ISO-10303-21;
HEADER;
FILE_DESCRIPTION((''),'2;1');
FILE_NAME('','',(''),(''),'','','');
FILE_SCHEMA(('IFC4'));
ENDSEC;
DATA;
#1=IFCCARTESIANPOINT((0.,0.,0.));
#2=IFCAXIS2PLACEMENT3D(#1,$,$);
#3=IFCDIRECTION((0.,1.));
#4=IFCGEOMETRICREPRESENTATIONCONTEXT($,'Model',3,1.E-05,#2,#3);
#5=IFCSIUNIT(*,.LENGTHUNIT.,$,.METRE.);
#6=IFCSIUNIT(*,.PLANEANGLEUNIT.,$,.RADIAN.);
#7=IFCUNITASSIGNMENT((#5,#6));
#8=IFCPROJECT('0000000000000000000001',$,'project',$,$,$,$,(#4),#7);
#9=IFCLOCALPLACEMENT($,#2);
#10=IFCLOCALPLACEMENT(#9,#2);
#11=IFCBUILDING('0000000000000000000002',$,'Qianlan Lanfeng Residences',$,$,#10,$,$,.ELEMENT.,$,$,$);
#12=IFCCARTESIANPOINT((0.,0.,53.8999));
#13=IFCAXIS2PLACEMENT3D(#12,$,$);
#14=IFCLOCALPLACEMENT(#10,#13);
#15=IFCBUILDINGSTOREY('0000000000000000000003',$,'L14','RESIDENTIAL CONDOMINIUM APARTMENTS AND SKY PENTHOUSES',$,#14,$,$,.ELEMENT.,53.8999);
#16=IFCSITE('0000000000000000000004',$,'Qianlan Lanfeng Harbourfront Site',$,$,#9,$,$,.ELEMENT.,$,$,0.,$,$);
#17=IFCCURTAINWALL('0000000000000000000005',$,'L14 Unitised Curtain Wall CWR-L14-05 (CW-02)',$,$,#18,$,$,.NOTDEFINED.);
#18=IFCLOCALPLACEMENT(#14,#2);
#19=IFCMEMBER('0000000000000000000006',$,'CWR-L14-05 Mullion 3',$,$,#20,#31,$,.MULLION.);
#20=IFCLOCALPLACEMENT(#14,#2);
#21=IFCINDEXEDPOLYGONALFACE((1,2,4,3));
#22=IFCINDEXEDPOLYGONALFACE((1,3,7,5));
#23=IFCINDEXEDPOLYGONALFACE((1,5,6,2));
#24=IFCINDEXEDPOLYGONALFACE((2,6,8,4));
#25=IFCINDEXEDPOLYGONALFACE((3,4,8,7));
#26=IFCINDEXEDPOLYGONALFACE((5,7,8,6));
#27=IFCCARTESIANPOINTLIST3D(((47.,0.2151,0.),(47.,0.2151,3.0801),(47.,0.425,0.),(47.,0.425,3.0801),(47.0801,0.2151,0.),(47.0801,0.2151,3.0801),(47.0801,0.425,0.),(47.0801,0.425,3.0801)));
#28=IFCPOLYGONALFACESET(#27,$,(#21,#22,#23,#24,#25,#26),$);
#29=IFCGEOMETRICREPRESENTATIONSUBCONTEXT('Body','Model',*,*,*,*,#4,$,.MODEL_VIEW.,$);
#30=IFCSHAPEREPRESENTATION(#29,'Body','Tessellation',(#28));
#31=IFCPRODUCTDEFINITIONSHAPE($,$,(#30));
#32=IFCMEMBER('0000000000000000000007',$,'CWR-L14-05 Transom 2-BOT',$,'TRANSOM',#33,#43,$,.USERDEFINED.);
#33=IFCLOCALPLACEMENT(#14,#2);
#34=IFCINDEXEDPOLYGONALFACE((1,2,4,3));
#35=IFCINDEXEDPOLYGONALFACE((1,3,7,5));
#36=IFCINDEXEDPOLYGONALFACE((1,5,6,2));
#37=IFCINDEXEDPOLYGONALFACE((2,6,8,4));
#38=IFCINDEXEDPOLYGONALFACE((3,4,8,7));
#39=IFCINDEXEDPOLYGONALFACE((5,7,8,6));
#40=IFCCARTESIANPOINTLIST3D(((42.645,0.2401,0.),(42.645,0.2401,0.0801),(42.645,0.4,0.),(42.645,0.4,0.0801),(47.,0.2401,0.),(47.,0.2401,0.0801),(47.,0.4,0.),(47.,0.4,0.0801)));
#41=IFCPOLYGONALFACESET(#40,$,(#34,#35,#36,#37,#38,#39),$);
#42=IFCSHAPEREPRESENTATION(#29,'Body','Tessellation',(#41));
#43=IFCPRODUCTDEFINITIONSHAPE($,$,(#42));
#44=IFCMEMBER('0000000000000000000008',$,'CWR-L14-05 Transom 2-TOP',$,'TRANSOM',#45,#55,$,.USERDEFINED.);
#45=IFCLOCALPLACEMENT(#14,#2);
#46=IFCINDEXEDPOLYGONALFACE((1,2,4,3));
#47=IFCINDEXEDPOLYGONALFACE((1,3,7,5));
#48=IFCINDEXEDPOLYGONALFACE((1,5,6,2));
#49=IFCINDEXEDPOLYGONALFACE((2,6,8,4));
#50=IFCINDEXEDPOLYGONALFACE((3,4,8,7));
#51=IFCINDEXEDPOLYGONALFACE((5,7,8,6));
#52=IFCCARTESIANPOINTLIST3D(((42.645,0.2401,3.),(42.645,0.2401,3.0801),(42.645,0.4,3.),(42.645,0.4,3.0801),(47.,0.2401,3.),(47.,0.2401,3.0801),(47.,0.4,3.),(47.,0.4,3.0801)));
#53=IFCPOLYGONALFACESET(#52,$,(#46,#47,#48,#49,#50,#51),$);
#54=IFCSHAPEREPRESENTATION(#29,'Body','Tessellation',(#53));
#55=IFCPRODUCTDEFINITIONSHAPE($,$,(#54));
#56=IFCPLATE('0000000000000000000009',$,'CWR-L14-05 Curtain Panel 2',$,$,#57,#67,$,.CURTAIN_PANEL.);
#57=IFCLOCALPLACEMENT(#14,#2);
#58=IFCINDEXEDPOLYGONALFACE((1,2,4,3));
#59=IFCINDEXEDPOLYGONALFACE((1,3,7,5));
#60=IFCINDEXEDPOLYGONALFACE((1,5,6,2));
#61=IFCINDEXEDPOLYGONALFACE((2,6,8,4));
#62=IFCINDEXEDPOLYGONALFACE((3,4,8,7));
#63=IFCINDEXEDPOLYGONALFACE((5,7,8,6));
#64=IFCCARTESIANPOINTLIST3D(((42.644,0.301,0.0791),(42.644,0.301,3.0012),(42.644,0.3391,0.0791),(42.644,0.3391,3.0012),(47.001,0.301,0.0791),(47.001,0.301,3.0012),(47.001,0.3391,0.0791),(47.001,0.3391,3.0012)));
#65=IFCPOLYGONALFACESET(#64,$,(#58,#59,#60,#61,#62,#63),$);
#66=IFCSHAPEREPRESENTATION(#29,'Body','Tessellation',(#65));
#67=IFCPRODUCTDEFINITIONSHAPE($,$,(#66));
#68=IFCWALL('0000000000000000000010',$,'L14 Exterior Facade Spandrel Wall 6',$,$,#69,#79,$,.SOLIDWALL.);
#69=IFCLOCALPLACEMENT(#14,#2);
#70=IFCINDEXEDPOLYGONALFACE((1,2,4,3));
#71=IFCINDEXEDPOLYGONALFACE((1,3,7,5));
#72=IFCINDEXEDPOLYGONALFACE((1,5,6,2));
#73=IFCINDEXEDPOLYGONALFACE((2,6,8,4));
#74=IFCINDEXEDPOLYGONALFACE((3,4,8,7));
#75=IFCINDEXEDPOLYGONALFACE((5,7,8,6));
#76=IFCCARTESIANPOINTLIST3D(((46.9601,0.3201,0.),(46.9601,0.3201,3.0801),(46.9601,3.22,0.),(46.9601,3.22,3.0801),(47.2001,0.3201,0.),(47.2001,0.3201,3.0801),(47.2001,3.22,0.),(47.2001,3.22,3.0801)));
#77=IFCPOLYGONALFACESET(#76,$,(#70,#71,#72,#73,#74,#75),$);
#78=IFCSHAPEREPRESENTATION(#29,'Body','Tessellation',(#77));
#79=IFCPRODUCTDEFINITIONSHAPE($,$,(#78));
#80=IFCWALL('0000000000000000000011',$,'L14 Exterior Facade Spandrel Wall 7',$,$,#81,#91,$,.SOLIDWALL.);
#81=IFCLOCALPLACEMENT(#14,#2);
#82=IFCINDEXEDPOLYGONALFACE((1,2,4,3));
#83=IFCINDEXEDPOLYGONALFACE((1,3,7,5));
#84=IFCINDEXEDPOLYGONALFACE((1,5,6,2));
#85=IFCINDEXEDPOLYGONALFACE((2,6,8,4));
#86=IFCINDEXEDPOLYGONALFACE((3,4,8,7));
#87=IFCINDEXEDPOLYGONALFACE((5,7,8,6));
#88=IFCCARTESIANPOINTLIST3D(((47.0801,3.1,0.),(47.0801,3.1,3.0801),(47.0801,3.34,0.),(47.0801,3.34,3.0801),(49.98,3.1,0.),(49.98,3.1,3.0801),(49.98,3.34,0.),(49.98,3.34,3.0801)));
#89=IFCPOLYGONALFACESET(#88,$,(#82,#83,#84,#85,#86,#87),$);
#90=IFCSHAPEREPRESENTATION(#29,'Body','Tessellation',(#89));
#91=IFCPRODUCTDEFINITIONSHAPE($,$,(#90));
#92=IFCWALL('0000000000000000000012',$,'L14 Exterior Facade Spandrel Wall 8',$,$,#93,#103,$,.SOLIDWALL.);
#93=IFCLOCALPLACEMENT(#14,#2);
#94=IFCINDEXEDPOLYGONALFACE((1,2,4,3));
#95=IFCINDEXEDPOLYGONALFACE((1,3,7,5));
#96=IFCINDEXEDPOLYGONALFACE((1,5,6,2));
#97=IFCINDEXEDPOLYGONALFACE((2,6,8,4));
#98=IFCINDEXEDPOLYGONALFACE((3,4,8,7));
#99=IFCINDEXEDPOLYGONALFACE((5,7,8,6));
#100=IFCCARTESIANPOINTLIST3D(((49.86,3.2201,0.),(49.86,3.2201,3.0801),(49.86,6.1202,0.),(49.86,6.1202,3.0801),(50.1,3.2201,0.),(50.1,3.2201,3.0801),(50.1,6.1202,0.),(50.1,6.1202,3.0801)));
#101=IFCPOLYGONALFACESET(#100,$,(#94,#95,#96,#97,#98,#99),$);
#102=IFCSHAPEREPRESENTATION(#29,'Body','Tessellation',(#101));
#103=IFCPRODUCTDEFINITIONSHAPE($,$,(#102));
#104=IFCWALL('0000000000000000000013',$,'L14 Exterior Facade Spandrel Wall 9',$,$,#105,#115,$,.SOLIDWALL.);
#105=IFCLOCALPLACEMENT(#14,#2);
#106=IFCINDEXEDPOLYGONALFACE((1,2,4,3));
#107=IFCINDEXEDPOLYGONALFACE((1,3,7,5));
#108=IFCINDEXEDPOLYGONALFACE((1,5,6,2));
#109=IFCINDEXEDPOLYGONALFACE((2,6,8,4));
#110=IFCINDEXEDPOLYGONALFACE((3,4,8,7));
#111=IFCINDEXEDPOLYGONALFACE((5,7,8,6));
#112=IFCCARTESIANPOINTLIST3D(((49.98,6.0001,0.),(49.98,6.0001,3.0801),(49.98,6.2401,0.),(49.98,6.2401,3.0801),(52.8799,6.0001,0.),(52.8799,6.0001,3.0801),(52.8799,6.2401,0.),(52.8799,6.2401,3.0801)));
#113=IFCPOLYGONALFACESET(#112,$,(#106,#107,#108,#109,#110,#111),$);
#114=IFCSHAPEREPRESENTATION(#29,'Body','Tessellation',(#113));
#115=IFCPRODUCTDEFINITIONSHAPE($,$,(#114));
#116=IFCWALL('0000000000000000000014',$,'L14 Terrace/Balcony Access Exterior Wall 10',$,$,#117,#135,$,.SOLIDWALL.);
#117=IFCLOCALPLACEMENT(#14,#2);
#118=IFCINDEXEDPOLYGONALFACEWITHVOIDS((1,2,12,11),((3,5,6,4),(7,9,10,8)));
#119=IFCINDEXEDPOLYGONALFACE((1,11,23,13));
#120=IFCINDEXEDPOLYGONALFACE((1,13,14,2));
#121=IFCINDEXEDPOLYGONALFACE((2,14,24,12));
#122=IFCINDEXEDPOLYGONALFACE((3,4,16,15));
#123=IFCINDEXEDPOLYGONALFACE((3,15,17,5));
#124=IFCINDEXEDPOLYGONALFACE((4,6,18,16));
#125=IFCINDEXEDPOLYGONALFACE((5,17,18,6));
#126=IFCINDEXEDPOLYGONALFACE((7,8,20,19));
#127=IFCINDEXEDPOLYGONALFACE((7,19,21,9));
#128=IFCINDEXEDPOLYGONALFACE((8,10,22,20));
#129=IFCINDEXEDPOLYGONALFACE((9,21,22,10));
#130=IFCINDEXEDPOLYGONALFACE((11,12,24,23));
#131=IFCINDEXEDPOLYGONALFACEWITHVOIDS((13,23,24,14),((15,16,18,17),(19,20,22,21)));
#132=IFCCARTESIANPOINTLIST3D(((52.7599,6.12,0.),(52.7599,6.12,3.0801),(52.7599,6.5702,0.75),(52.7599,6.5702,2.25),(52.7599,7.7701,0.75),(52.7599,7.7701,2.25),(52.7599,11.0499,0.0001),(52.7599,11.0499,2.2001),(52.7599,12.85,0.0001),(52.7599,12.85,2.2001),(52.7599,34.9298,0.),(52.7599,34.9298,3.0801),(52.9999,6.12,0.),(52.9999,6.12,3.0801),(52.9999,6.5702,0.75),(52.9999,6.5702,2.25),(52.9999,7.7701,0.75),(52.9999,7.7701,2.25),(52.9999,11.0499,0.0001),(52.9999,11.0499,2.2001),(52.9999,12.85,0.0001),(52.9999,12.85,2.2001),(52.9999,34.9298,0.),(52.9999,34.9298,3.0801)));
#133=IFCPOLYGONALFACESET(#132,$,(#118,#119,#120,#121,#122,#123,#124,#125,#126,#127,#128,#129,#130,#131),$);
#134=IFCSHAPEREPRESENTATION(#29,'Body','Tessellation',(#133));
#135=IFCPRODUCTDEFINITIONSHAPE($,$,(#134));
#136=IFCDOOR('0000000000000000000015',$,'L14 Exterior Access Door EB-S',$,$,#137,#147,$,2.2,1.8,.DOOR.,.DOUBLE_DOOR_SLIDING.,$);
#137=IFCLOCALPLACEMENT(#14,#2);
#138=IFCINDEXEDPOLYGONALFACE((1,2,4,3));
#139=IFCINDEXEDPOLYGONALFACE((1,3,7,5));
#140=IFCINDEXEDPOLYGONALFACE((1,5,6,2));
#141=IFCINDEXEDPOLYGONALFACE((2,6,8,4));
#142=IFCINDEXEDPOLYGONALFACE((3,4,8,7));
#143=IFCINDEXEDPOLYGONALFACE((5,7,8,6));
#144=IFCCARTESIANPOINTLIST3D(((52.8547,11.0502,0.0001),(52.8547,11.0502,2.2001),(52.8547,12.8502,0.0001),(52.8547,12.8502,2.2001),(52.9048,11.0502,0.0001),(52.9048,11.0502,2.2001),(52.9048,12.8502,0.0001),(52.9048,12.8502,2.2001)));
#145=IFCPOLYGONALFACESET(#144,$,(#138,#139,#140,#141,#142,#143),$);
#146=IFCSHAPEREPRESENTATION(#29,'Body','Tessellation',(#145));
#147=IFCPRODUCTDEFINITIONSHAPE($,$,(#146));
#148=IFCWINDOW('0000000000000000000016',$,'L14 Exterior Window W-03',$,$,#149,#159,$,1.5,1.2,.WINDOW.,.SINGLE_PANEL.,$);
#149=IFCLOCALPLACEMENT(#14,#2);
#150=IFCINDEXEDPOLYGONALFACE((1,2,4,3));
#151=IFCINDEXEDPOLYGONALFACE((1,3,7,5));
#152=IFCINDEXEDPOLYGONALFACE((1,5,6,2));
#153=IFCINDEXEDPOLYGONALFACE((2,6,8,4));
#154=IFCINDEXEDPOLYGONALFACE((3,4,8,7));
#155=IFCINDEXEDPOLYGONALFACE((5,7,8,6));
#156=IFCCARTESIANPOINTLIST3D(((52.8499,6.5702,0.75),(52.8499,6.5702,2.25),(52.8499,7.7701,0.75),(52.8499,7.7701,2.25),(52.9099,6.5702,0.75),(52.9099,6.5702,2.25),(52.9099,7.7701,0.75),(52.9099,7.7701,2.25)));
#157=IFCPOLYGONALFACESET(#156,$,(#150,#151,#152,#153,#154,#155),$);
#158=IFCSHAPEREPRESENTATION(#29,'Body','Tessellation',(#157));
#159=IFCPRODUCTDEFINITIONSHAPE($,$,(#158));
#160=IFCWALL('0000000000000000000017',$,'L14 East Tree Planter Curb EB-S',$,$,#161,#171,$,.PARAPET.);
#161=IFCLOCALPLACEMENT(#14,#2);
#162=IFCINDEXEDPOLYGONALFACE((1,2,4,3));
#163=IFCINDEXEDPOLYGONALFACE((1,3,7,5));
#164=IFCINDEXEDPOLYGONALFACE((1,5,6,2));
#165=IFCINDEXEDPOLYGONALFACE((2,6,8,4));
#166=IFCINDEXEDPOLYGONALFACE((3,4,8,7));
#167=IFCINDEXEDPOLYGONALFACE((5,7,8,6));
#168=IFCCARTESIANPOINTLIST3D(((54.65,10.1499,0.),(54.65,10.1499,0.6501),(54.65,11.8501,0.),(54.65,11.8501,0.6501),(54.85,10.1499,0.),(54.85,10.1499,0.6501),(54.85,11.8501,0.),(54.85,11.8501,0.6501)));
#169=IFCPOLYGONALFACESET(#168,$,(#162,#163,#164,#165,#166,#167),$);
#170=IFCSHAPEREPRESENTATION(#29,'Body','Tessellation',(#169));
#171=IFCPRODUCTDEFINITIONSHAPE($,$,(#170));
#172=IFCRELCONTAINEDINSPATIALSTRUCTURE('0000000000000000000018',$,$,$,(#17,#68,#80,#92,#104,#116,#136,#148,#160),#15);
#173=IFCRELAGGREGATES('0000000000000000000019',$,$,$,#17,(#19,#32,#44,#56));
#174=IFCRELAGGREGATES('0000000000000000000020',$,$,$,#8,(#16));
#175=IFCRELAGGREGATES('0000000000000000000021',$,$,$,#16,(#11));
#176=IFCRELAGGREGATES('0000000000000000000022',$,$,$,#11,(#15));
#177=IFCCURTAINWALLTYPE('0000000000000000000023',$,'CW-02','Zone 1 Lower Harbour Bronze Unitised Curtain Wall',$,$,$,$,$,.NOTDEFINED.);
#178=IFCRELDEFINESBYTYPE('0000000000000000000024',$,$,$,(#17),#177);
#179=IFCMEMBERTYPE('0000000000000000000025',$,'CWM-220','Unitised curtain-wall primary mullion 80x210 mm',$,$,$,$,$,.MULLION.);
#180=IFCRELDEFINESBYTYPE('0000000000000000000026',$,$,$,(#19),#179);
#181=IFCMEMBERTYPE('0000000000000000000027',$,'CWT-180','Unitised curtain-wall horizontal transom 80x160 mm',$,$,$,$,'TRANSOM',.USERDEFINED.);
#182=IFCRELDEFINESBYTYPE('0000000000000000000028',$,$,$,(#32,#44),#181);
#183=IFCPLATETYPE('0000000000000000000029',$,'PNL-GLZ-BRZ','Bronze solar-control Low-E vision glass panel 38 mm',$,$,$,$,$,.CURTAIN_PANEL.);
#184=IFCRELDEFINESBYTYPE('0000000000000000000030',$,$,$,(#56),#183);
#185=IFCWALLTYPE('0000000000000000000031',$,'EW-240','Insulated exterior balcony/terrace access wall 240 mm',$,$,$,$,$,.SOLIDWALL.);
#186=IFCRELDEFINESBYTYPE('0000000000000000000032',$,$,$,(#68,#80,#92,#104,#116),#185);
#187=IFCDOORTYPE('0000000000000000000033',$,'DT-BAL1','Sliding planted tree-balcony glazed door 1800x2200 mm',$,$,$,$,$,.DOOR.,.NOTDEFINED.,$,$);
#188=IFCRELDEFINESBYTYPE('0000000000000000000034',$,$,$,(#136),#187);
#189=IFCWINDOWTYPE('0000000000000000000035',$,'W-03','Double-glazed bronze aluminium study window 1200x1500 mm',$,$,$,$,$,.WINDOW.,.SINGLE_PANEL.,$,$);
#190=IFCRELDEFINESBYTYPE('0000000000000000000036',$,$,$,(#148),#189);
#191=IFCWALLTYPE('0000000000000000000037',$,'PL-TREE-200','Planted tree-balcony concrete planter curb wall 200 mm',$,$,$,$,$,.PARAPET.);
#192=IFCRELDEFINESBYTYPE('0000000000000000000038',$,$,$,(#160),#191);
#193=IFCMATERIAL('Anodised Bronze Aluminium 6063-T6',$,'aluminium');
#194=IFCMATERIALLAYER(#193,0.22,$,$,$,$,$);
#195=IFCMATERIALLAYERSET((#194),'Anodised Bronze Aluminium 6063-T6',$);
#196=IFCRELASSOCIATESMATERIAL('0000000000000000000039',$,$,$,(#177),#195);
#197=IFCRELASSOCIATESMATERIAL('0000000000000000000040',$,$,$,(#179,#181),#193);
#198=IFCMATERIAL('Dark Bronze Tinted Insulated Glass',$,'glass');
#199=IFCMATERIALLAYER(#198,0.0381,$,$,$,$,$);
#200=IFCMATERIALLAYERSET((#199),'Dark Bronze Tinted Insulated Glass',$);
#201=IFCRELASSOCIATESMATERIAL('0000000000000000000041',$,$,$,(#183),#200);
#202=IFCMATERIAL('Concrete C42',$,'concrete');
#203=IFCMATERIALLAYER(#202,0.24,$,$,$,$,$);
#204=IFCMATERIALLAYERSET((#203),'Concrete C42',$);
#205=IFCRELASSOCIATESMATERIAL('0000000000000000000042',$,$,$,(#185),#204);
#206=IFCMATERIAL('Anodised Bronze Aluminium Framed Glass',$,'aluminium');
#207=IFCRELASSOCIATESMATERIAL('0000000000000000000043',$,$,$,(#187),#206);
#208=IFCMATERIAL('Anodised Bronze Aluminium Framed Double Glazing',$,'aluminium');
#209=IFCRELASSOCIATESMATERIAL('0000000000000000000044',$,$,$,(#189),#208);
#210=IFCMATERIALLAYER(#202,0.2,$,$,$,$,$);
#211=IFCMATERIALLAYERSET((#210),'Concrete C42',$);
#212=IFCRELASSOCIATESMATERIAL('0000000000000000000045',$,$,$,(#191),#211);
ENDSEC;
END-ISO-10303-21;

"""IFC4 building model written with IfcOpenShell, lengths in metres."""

from ifc_helpers import new_model, si_unit, direction, frame, frame_2d, origin, origin_2d, place, context, subcontext, project, spatial, rectangle, extrude, source, transform, mapped, material, layer, layer_set, material_profile, profile_set, type_object, element, fill, aggregate, save


model = new_model("IFC4")

# Units and contexts
model_context = context("Model", 3, precision=1e-05, world=origin(), true_north=direction((0.0, 1.0)))
body_context = subcontext(model_context, "Body", "Model", "MODEL_VIEW")
ifc_project = project(units=[si_unit("LENGTHUNIT", "METRE"), si_unit("PLANEANGLEUNIT", "RADIAN")], contexts=[model_context])

# Site, building, storey
site_placement = place(None, origin())
site = spatial("IfcSite", under=ifc_project, at=site_placement, Name="Qianlan Lanfeng Harbourfront Site", CompositionType="ELEMENT", RefElevation=0.0)
building_placement = place(site_placement, origin())
building = spatial("IfcBuilding", under=site, at=building_placement, Name="Qianlan Lanfeng Residences", CompositionType="ELEMENT")
storey_placement = place(building_placement, frame((0.0, 0.0, 53.8999)))
storey = spatial("IfcBuildingStorey", under=building, at=storey_placement, Name="L14", Description="RESIDENTIAL CONDOMINIUM APARTMENTS AND SKY PENTHOUSES", CompositionType="ELEMENT", Elevation=53.8999)

# Curtain wall, members, plate
ifc_material_1 = material(Name="Anodised Bronze Aluminium 6063-T6", Category="aluminium")
ifc_layer_1 = layer(ifc_material_1, 0.22)
ifc_layer_set_1 = layer_set([ifc_layer_1], Name="Anodised Bronze Aluminium 6063-T6")
curtain_wall_type = type_object("IfcCurtainWallType", Name="CW-02", Description="Zone 1 Lower Harbour Bronze Unitised Curtain Wall", PredefinedType="NOTDEFINED", material=ifc_layer_set_1)
curtain_wall_placement = place(storey_placement, origin())
curtain_wall = element("IfcCurtainWall", 1, at=curtain_wall_placement, inside=storey, type_object=curtain_wall_type, Name="L14 Unitised Curtain Wall CWR-L14-05 (CW-02)", PredefinedType="NOTDEFINED")
ifc_material_profile_1 = material_profile(ifc_material_1, rectangle(XDim=0.0801, YDim=0.21, at=origin_2d()), Name="ALU MULLION 80x210")
ifc_profile_set_1 = profile_set([ifc_material_profile_1], Name="Anodised Bronze Aluminium 6063-T6")
member_type_1 = type_object("IfcMemberType", Name="CWM-220", Description="Unitised curtain-wall primary mullion 80x210 mm", PredefinedType="MULLION", material=ifc_profile_set_1)
shared_shape_1 = source(origin(), body_context, "Body", "SweptSolid", [
    extrude(rectangle(XDim=0.0801, YDim=0.21, at=origin_2d()), origin(), (0.0, 0.0, 1.0), 3.0801),
])
member_1_placement = place(storey_placement, frame((47.04, 0.3201, 0.0), z_axis=(0.0, 0.0, 1.0), x_axis=(1.0, 0.0, 0.0)))
member_1 = element("IfcMember", 2, at=member_1_placement, type_object=member_type_1, Name="CWR-L14-05 Mullion 3", PredefinedType="MULLION", context=body_context, shape_type="MappedRepresentation", body=[
    mapped(shared_shape_1, transform((0.0, 0.0, 0.0), scale=1.0)),
])
ifc_material_profile_2 = material_profile(ifc_material_1, rectangle(XDim=0.0801, YDim=0.1599, at=origin_2d()), Name="ALU TRANSOM 80x160")
ifc_profile_set_2 = profile_set([ifc_material_profile_2], Name="Anodised Bronze Aluminium 6063-T6")
member_type_2 = type_object("IfcMemberType", Name="CWT-180", Description="Unitised curtain-wall horizontal transom 80x160 mm", ElementType="TRANSOM", PredefinedType="USERDEFINED", material=ifc_profile_set_2)
shared_shape_2 = source(origin(), body_context, "Body", "SweptSolid", [
    extrude(rectangle(XDim=0.0801, YDim=0.1599, at=origin_2d()), origin(), (0.0, 0.0, 1.0), 4.355),
])
member_2_placement = place(storey_placement, frame((42.645, 0.3201, 0.04), z_axis=(1.0, 0.0, 0.0), x_axis=(0.0, 0.0, 1.0)))
member_2 = element("IfcMember", 3, at=member_2_placement, type_object=member_type_2, Name="CWR-L14-05 Transom 2-BOT", ObjectType="TRANSOM", PredefinedType="USERDEFINED", context=body_context, shape_type="MappedRepresentation", body=[
    mapped(shared_shape_2, transform((0.0, 0.0, 0.0), scale=1.0)),
])
member_3_placement = place(storey_placement, frame((42.645, 0.3201, 3.04), z_axis=(1.0, 0.0, 0.0), x_axis=(0.0, 0.0, 1.0)))
member_3 = element("IfcMember", 4, at=member_3_placement, type_object=member_type_2, Name="CWR-L14-05 Transom 2-TOP", ObjectType="TRANSOM", PredefinedType="USERDEFINED", context=body_context, shape_type="MappedRepresentation", body=[
    mapped(shared_shape_2, transform((0.0, 0.0, 0.0), scale=1.0)),
])
ifc_material_2 = material(Name="Dark Bronze Tinted Insulated Glass", Category="glass")
ifc_layer_2 = layer(ifc_material_2, 0.0381)
ifc_layer_set_2 = layer_set([ifc_layer_2], Name="Dark Bronze Tinted Insulated Glass")
plate_type = type_object("IfcPlateType", Name="PNL-GLZ-BRZ", Description="Bronze solar-control Low-E vision glass panel 38 mm", PredefinedType="CURTAIN_PANEL", material=ifc_layer_set_2)
shared_shape_3 = source(origin(), body_context, "Body", "SweptSolid", [
    extrude(rectangle(XDim=4.3569, YDim=0.0381, at=origin_2d()), origin(), (0.0, 0.0, 1.0), 2.9221),
])
plate_placement = place(storey_placement, frame((44.8225, 0.3201, 0.0791), z_axis=(0.0, 0.0, 1.0), x_axis=(1.0, 0.0, 0.0)))
plate = element("IfcPlate", 5, at=plate_placement, type_object=plate_type, Name="CWR-L14-05 Curtain Panel 2", PredefinedType="CURTAIN_PANEL", context=body_context, shape_type="MappedRepresentation", body=[
    mapped(shared_shape_3, transform((0.0, 0.0, 0.0), scale=1.0)),
])
aggregate(curtain_wall, [member_1, member_2, member_3, plate])

# Walls
ifc_material_3 = material(Name="Concrete C42", Category="concrete")
ifc_layer_3 = layer(ifc_material_3, 0.24)
ifc_layer_set_3 = layer_set([ifc_layer_3], Name="Concrete C42")
wall_type_1 = type_object("IfcWallType", Name="EW-240", Description="Insulated exterior balcony/terrace access wall 240 mm", PredefinedType="SOLIDWALL", material=ifc_layer_set_3)
for number, where, z_axis, x_axis, name in (
    (6, (47.0801, 0.3201, 0.0), (0.0, 0.0, 1.0), (0.0, 1.0, 0.0), "L14 Exterior Facade Spandrel Wall 6"),
    (7, (47.0801, 3.22, 0.0), (0.0, 0.0, 1.0), (1.0, 0.0, 0.0), "L14 Exterior Facade Spandrel Wall 7"),
):
    element("IfcWall", number, at=place(storey_placement, frame(where, z_axis=z_axis, x_axis=x_axis)), inside=storey, type_object=wall_type_1, Name=name, PredefinedType="SOLIDWALL", context=body_context, shape_type="SweptSolid", body=[
        extrude(rectangle(XDim=2.8999, YDim=0.24, at=frame_2d((1.45, 0.0))), origin(), (0.0, 0.0, 1.0), 3.0801),
    ])
wall_1_placement = place(storey_placement, frame((49.98, 3.22, 0.0), z_axis=(0.0, 0.0, 1.0), x_axis=(0.0, 1.0, 0.0)))
element("IfcWall", 8, at=wall_1_placement, inside=storey, type_object=wall_type_1, Name="L14 Exterior Facade Spandrel Wall 8", PredefinedType="SOLIDWALL", context=body_context, shape_type="SweptSolid", body=[
    extrude(rectangle(XDim=2.9001, YDim=0.24, at=frame_2d((1.4502, 0.0))), origin(), (0.0, 0.0, 1.0), 3.0801),
])
wall_2_placement = place(storey_placement, frame((49.98, 6.1201, 0.0), z_axis=(0.0, 0.0, 1.0), x_axis=(1.0, 0.0, 0.0)))
element("IfcWall", 9, at=wall_2_placement, inside=storey, type_object=wall_type_1, Name="L14 Exterior Facade Spandrel Wall 9", PredefinedType="SOLIDWALL", context=body_context, shape_type="SweptSolid", body=[
    extrude(rectangle(XDim=2.8999, YDim=0.24, at=frame_2d((1.45, 0.0))), origin(), (0.0, 0.0, 1.0), 3.0801),
])

# Wall, openings, door, window
wall_3_placement = place(storey_placement, frame((52.8799, 6.1201, 0.0), z_axis=(0.0, 0.0, 1.0), x_axis=(0.0, 1.0, 0.0)))
wall_3 = element("IfcWall", 10, at=wall_3_placement, inside=storey, type_object=wall_type_1, Name="L14 Terrace/Balcony Access Exterior Wall 10", PredefinedType="SOLIDWALL", context=body_context, shape_type="SweptSolid", body=[
    extrude(rectangle(XDim=28.8098, YDim=0.24, at=frame_2d((14.4048, 0.0))), origin(), (0.0, 0.0, 1.0), 3.0801),
])
opening_1_placement = place(wall_3_placement, frame((4.9299, 0.0, 0.0)))
opening_1 = element("IfcOpeningElement", 11, at=opening_1_placement, cuts=wall_3, PredefinedType="OPENING", context=body_context, shape_type="SweptSolid", body=[
    extrude(rectangle(XDim=1.8, YDim=2.2, at=frame_2d((0.8999, 1.1001))), frame((0.0, 0.1299, 0.0), z_axis=(0.0, -1.0, 0.0), x_axis=(1.0, 0.0, 0.0)), (0.0, 0.0, 1.0), 0.26),
])
opening_2_placement = place(wall_3_placement, frame((0.45, 0.0, 0.75)))
opening_2 = element("IfcOpeningElement", 12, at=opening_2_placement, cuts=wall_3, PredefinedType="OPENING", context=body_context, shape_type="SweptSolid", body=[
    extrude(rectangle(XDim=1.2, YDim=1.5, at=frame_2d((0.6001, 0.75))), frame((0.0, 0.1299, 0.0), z_axis=(0.0, -1.0, 0.0), x_axis=(1.0, 0.0, 0.0)), (0.0, 0.0, 1.0), 0.26),
])
ifc_material_4 = material(Name="Anodised Bronze Aluminium Framed Glass", Category="aluminium")
door_type = type_object("IfcDoorType", Name="DT-BAL1", Description="Sliding planted tree-balcony glazed door 1800x2200 mm", OperationType="NOTDEFINED", PredefinedType="DOOR", material=ifc_material_4)
door_placement = place(opening_1_placement, frame((1.8, 0.0, 0.0), z_axis=(0.0, 0.0, 1.0), x_axis=(-1.0, 0.0, 0.0)))
door = element("IfcDoor", 13, at=door_placement, inside=storey, type_object=door_type, Name="L14 Exterior Access Door EB-S", OperationType="DOUBLE_DOOR_SLIDING", OverallHeight=2.2, OverallWidth=1.8, PredefinedType="DOOR", context=body_context, shape_type="SweptSolid", body=[
    extrude(rectangle(XDim=1.8, YDim=2.2, at=frame_2d((0.8999, 1.1001))), frame((0.0, 0.0249, 0.0), z_axis=(0.0, -1.0, 0.0), x_axis=(1.0, 0.0, 0.0)), (0.0, 0.0, 1.0), 0.05),
])
fill(opening_1, door)
ifc_material_5 = material(Name="Anodised Bronze Aluminium Framed Double Glazing", Category="aluminium")
window_type = type_object("IfcWindowType", Name="W-03", Description="Double-glazed bronze aluminium study window 1200x1500 mm", PartitioningType="SINGLE_PANEL", PredefinedType="WINDOW", material=ifc_material_5)
window_placement = place(opening_2_placement, origin())
window = element("IfcWindow", 14, at=window_placement, inside=storey, type_object=window_type, Name="L14 Exterior Window W-03", OverallHeight=1.5, OverallWidth=1.2, PartitioningType="SINGLE_PANEL", PredefinedType="WINDOW", context=body_context, shape_type="SweptSolid", body=[
    extrude(rectangle(XDim=1.2, YDim=1.5, at=frame_2d((0.6001, 0.75))), frame((0.0, 0.03, 0.0), z_axis=(0.0, -1.0, 0.0), x_axis=(1.0, 0.0, 0.0)), (0.0, 0.0, 1.0), 0.0601),
])
fill(opening_2, window)

# Wall
ifc_layer_4 = layer(ifc_material_3, 0.2)
ifc_layer_set_4 = layer_set([ifc_layer_4], Name="Concrete C42")
wall_type_2 = type_object("IfcWallType", Name="PL-TREE-200", Description="Planted tree-balcony concrete planter curb wall 200 mm", PredefinedType="PARAPET", material=ifc_layer_set_4)
wall_4_placement = place(storey_placement, frame((54.75, 10.1499, 0.0), z_axis=(0.0, 0.0, 1.0), x_axis=(0.0, 1.0, 0.0)))
element("IfcWall", 15, at=wall_4_placement, inside=storey, type_object=wall_type_2, Name="L14 East Tree Planter Curb EB-S", PredefinedType="PARAPET", context=body_context, shape_type="SweptSolid", body=[
    extrude(rectangle(XDim=1.7002, YDim=0.2, at=frame_2d((0.8501, 0.0))), origin(), (0.0, 0.0, 1.0), 0.6501),
])

save(model, "model.ifc")
